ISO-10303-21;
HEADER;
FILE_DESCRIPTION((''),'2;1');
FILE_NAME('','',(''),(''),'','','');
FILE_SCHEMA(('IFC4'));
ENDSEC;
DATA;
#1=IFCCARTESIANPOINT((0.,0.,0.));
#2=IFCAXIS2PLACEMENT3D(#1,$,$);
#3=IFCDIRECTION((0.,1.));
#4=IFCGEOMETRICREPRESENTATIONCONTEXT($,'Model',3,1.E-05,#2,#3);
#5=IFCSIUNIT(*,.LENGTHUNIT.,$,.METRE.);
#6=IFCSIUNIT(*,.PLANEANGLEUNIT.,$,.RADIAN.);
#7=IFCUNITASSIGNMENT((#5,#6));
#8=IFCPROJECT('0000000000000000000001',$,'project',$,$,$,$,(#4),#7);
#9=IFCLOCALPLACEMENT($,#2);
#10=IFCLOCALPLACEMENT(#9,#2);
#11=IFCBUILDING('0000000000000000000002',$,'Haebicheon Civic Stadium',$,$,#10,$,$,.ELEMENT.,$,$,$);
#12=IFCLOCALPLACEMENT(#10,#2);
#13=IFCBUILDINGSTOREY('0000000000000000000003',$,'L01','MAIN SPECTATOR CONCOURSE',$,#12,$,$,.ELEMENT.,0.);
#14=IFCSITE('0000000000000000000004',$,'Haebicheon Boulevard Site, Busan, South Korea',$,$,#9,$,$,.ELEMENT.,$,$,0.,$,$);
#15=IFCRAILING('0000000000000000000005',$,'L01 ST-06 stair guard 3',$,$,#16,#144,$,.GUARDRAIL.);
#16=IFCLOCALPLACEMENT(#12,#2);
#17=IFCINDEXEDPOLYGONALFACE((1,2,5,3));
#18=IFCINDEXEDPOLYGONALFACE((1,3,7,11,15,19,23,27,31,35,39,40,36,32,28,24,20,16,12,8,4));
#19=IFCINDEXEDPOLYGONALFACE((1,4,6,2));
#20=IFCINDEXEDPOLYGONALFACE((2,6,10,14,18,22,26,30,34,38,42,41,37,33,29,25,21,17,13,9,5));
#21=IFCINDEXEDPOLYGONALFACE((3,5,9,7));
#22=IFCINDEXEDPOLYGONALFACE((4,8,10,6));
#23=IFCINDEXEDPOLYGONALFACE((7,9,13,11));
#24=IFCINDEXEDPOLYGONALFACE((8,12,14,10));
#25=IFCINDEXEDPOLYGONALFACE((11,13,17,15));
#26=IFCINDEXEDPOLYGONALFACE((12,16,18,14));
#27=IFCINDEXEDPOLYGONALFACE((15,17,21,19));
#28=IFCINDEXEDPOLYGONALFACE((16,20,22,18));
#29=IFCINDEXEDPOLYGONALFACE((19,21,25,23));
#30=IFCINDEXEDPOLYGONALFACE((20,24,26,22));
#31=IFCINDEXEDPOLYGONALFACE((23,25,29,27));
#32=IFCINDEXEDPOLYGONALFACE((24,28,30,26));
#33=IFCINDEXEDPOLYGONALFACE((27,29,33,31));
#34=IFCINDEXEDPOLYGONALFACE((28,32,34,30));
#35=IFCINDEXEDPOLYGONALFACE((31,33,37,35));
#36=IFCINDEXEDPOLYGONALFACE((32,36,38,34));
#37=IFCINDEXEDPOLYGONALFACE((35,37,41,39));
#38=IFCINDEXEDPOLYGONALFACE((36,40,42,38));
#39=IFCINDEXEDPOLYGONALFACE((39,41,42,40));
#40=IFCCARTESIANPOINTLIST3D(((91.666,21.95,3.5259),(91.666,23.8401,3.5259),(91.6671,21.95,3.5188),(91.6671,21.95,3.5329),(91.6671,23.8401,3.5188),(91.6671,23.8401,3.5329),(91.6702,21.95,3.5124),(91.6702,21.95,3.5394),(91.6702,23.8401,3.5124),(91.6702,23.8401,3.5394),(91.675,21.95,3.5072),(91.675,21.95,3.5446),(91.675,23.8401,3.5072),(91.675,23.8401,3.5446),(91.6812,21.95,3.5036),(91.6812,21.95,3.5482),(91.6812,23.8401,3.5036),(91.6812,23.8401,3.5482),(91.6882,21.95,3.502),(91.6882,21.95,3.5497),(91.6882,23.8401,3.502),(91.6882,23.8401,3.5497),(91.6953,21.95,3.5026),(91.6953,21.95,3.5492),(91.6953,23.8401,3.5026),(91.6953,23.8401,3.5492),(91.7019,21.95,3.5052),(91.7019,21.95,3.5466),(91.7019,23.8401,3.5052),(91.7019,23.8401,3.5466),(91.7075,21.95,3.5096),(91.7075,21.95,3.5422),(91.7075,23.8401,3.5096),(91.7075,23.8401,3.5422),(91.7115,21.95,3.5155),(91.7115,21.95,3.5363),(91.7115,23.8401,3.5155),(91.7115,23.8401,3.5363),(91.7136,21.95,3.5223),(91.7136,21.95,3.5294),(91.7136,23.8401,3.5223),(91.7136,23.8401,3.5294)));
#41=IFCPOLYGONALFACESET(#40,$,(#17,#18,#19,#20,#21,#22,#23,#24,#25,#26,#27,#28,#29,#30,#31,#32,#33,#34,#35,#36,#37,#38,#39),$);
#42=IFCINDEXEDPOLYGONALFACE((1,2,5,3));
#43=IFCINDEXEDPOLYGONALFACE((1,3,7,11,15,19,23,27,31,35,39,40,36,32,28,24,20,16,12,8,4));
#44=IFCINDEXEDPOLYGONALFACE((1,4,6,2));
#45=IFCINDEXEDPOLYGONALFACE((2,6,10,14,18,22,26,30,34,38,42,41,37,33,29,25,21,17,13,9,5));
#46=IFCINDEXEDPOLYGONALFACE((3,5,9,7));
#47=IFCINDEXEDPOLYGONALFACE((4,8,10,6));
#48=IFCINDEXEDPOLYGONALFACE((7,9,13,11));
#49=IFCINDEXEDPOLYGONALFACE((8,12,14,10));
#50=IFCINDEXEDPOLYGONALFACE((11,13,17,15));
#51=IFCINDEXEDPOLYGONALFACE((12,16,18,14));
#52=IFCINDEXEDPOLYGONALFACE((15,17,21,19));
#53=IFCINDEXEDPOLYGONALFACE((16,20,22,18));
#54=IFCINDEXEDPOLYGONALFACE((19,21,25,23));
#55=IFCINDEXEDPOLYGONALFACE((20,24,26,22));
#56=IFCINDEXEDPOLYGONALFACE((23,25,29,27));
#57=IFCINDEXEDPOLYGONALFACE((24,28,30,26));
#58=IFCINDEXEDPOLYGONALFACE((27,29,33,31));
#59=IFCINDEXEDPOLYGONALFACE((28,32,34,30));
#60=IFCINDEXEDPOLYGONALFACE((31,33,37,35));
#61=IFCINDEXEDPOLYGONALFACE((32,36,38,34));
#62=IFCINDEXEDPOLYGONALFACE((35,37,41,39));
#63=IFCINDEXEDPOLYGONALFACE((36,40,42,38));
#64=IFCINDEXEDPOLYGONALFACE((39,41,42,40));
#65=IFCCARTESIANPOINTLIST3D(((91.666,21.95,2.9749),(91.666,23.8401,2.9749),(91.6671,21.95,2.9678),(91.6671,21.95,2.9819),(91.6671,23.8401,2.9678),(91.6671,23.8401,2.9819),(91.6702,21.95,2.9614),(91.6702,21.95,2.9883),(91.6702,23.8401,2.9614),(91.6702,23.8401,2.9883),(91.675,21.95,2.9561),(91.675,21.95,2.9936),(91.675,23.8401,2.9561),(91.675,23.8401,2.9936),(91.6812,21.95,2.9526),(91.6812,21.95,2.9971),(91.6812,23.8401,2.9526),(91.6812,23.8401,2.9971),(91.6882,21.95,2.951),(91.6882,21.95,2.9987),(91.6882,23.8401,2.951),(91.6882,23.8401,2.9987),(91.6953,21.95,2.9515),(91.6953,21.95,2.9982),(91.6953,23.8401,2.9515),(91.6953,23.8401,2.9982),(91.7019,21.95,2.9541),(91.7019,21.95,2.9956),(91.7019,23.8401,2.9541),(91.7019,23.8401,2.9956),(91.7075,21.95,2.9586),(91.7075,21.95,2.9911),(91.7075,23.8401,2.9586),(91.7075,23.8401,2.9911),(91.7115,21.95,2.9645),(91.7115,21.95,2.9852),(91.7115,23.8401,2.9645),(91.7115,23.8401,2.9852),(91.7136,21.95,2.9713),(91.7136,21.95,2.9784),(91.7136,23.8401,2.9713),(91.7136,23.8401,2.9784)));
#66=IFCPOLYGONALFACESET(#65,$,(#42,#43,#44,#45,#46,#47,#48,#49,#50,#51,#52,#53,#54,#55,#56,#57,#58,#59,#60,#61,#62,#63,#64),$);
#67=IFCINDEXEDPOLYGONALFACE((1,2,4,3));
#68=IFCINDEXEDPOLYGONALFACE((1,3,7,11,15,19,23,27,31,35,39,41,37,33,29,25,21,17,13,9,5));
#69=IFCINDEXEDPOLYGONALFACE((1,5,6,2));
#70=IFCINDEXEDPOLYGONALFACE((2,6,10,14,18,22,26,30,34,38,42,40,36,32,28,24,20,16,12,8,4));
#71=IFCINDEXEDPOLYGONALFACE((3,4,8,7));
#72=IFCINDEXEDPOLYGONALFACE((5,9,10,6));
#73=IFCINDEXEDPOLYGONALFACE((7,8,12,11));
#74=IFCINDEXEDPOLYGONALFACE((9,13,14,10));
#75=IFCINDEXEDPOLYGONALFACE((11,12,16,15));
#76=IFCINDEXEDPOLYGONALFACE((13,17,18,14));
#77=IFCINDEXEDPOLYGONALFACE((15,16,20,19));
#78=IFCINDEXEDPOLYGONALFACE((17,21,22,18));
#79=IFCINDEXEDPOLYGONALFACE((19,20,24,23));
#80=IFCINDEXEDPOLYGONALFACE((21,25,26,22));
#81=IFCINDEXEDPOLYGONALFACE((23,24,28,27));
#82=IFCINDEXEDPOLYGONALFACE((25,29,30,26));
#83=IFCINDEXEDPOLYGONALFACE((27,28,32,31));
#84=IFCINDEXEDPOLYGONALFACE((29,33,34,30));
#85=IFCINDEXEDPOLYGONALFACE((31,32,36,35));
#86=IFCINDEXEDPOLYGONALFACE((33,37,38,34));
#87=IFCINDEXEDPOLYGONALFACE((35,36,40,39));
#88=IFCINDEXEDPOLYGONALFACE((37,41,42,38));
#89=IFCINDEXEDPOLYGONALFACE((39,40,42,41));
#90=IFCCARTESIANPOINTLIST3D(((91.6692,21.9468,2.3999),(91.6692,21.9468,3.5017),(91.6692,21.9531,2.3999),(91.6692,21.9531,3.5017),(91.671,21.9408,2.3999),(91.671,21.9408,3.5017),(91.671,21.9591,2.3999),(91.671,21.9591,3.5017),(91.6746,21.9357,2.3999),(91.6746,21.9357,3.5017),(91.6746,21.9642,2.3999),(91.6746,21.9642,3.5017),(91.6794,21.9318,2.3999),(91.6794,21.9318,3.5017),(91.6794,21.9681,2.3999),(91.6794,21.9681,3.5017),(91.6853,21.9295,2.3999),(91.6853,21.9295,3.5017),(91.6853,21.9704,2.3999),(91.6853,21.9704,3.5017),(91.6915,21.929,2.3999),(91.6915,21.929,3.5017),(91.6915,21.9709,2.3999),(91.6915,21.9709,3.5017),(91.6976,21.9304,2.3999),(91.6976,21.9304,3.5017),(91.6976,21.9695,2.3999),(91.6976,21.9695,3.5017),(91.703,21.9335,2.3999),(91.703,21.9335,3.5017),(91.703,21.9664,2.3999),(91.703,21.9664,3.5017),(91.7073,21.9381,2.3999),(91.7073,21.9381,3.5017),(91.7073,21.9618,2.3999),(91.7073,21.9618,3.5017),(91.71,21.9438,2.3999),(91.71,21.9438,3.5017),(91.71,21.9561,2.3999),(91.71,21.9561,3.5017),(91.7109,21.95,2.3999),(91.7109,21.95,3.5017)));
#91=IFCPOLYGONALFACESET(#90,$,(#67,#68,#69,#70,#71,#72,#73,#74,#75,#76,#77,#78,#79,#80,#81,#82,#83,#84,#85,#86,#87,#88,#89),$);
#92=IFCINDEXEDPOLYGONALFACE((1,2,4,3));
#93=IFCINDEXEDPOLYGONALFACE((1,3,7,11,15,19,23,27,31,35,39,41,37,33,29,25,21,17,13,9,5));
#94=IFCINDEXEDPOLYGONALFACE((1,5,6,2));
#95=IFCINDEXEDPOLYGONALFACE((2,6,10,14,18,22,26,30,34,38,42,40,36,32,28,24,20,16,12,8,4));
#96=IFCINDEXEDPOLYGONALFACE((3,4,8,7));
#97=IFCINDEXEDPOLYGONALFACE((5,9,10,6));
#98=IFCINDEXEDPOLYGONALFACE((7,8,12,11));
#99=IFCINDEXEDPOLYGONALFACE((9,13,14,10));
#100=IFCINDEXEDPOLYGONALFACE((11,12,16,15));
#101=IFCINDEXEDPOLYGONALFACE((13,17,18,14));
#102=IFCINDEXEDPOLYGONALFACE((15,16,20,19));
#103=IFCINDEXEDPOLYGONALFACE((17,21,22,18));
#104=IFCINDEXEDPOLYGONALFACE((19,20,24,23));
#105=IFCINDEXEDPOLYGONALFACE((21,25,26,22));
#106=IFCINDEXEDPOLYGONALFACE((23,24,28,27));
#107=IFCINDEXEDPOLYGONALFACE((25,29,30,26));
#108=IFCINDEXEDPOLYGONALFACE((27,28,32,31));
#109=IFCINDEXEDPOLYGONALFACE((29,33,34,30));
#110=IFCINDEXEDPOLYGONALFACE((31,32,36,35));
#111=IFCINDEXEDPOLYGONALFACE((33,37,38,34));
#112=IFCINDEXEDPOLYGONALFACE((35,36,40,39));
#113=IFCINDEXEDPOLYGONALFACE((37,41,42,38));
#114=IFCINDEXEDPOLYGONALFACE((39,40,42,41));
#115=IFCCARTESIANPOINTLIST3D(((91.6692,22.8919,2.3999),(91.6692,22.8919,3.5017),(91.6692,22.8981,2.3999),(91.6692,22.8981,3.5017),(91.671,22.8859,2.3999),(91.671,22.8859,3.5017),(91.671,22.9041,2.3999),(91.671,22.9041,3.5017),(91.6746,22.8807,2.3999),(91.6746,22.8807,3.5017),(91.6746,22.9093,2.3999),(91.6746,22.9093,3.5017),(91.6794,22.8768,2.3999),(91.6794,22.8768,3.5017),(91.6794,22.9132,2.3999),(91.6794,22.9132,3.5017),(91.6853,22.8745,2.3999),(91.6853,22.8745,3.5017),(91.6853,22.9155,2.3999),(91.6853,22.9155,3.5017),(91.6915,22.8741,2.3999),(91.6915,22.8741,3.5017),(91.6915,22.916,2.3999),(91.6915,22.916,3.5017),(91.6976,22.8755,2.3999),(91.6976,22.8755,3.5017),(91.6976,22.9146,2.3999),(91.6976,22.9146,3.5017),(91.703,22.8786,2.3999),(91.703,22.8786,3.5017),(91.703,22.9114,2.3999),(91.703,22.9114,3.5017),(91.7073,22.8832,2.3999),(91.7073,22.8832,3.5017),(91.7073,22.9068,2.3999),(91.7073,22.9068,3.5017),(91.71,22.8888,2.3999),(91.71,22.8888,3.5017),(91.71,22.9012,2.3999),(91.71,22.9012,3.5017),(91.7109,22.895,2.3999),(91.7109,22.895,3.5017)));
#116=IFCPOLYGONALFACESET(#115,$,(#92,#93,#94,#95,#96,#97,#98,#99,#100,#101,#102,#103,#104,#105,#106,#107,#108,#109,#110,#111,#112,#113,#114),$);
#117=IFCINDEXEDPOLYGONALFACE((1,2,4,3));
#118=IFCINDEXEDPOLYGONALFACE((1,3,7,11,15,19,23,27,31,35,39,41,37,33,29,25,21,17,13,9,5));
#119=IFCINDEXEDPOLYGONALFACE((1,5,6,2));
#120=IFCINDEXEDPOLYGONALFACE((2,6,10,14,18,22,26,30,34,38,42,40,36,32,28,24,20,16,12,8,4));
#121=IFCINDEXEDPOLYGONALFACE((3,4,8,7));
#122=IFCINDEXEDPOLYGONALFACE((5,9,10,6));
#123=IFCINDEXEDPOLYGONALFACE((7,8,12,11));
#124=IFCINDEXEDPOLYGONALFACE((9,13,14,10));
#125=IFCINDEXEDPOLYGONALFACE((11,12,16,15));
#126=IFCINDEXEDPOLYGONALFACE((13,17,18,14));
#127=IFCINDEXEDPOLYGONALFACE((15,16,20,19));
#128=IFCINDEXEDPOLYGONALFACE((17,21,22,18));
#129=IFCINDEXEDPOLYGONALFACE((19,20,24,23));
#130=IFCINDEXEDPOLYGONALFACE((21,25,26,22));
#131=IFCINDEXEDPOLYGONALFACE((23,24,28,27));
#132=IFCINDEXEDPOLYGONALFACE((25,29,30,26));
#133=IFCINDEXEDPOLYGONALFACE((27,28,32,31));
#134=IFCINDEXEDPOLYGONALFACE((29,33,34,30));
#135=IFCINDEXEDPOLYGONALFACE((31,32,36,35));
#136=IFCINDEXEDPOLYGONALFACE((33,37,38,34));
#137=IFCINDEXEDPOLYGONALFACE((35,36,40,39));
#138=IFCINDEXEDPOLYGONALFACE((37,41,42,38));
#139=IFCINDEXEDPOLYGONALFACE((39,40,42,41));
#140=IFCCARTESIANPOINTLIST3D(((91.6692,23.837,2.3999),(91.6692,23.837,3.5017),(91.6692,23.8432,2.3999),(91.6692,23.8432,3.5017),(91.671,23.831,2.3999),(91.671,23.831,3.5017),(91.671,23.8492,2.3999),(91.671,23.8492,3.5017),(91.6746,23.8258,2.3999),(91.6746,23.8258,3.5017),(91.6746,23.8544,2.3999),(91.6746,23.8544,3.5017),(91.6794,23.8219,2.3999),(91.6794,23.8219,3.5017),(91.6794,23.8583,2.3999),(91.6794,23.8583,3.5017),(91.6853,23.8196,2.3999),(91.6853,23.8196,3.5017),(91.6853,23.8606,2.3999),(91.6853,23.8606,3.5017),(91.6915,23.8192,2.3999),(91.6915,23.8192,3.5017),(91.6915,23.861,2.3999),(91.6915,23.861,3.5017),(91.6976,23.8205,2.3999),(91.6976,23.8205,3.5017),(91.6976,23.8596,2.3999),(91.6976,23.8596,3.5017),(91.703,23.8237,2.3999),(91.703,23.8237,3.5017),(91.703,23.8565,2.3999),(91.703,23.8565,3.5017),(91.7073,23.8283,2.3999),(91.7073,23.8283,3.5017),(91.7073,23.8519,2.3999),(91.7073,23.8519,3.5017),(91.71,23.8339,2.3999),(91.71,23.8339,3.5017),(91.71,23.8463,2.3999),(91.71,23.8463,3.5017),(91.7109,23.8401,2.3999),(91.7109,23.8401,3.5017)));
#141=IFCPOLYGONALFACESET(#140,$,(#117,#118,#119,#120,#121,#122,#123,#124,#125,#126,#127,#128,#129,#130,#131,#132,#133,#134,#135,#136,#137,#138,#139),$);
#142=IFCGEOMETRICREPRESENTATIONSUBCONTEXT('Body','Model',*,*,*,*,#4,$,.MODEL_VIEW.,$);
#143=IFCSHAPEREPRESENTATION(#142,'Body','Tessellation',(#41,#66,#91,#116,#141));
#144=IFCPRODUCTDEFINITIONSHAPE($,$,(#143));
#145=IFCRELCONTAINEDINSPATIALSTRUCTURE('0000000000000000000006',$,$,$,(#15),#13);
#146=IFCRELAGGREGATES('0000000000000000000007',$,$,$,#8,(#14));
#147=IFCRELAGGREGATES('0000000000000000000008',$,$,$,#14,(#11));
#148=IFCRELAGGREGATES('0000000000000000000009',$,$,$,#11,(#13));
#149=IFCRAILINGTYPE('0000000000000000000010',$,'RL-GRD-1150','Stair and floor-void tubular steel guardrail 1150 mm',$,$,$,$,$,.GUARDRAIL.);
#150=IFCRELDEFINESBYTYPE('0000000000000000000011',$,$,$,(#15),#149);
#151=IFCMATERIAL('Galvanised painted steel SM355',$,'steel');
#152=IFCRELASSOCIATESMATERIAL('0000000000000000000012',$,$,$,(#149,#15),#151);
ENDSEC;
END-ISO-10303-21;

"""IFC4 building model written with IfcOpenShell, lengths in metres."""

from ifc_helpers import new_model, si_unit, direction, frame, origin, origin_2d, place, context, subcontext, project, spatial, circle, extrude, material, type_object, element, save


model = new_model("IFC4")

# Units and contexts
model_context = context("Model", 3, precision=1e-05, world=origin(), true_north=direction((0.0, 1.0)))
body_context = subcontext(model_context, "Body", "Model", "MODEL_VIEW")
ifc_project = project(units=[si_unit("LENGTHUNIT", "METRE"), si_unit("PLANEANGLEUNIT", "RADIAN")], contexts=[model_context])

# Site, building, storey
site_placement = place(None, origin())
site = spatial("IfcSite", under=ifc_project, at=site_placement, Name="Haebicheon Boulevard Site, Busan, South Korea", CompositionType="ELEMENT", RefElevation=0.0)
building_placement = place(site_placement, origin())
building = spatial("IfcBuilding", under=site, at=building_placement, Name="Haebicheon Civic Stadium", CompositionType="ELEMENT")
storey_placement = place(building_placement, origin())
storey = spatial("IfcBuildingStorey", under=building, at=storey_placement, Name="L01", Description="MAIN SPECTATOR CONCOURSE", CompositionType="ELEMENT", Elevation=0.0)

# Railing
ifc_material_1 = material(Name="Galvanised painted steel SM355", Category="steel")
railing_type_1 = type_object("IfcRailingType", Name="RL-GRD-1150", Description="Stair and floor-void tubular steel guardrail 1150 mm", PredefinedType="GUARDRAIL", material=ifc_material_1)
for number, where, name in (
    (1, (91.6899, 21.95, 2.3999), "L01 ST-06 stair guard 3"),
):
    element("IfcRailing", number, at=place(storey_placement, frame(where)), inside=storey, type_object=railing_type_1, material=ifc_material_1, Name=name, PredefinedType="GUARDRAIL", context=body_context, shape_type="SweptSolid", body=[
        extrude(circle(Radius=0.0239, at=origin_2d()), frame((0.0, 0.0, 1.126), z_axis=(0.0, 1.0, 0.0), x_axis=(-1.0, 0.0, 0.0)), (0.0, 0.0, 1.0), 1.8901),
        extrude(circle(Radius=0.0239, at=origin_2d()), frame((0.0, 0.0, 0.575), z_axis=(0.0, 1.0, 0.0), x_axis=(-1.0, 0.0, 0.0)), (0.0, 0.0, 1.0), 1.8901),
        extrude(circle(Radius=0.021, at=origin_2d()), origin(), (0.0, 0.0, 1.0), 1.1018),
        extrude(circle(Radius=0.021, at=origin_2d()), frame((0.0, 0.9451, 0.0)), (0.0, 0.0, 1.0), 1.1018),
        extrude(circle(Radius=0.021, at=origin_2d()), frame((0.0, 1.8901, 0.0)), (0.0, 0.0, 1.0), 1.1018),
    ])

save(model, "model.ifc")
